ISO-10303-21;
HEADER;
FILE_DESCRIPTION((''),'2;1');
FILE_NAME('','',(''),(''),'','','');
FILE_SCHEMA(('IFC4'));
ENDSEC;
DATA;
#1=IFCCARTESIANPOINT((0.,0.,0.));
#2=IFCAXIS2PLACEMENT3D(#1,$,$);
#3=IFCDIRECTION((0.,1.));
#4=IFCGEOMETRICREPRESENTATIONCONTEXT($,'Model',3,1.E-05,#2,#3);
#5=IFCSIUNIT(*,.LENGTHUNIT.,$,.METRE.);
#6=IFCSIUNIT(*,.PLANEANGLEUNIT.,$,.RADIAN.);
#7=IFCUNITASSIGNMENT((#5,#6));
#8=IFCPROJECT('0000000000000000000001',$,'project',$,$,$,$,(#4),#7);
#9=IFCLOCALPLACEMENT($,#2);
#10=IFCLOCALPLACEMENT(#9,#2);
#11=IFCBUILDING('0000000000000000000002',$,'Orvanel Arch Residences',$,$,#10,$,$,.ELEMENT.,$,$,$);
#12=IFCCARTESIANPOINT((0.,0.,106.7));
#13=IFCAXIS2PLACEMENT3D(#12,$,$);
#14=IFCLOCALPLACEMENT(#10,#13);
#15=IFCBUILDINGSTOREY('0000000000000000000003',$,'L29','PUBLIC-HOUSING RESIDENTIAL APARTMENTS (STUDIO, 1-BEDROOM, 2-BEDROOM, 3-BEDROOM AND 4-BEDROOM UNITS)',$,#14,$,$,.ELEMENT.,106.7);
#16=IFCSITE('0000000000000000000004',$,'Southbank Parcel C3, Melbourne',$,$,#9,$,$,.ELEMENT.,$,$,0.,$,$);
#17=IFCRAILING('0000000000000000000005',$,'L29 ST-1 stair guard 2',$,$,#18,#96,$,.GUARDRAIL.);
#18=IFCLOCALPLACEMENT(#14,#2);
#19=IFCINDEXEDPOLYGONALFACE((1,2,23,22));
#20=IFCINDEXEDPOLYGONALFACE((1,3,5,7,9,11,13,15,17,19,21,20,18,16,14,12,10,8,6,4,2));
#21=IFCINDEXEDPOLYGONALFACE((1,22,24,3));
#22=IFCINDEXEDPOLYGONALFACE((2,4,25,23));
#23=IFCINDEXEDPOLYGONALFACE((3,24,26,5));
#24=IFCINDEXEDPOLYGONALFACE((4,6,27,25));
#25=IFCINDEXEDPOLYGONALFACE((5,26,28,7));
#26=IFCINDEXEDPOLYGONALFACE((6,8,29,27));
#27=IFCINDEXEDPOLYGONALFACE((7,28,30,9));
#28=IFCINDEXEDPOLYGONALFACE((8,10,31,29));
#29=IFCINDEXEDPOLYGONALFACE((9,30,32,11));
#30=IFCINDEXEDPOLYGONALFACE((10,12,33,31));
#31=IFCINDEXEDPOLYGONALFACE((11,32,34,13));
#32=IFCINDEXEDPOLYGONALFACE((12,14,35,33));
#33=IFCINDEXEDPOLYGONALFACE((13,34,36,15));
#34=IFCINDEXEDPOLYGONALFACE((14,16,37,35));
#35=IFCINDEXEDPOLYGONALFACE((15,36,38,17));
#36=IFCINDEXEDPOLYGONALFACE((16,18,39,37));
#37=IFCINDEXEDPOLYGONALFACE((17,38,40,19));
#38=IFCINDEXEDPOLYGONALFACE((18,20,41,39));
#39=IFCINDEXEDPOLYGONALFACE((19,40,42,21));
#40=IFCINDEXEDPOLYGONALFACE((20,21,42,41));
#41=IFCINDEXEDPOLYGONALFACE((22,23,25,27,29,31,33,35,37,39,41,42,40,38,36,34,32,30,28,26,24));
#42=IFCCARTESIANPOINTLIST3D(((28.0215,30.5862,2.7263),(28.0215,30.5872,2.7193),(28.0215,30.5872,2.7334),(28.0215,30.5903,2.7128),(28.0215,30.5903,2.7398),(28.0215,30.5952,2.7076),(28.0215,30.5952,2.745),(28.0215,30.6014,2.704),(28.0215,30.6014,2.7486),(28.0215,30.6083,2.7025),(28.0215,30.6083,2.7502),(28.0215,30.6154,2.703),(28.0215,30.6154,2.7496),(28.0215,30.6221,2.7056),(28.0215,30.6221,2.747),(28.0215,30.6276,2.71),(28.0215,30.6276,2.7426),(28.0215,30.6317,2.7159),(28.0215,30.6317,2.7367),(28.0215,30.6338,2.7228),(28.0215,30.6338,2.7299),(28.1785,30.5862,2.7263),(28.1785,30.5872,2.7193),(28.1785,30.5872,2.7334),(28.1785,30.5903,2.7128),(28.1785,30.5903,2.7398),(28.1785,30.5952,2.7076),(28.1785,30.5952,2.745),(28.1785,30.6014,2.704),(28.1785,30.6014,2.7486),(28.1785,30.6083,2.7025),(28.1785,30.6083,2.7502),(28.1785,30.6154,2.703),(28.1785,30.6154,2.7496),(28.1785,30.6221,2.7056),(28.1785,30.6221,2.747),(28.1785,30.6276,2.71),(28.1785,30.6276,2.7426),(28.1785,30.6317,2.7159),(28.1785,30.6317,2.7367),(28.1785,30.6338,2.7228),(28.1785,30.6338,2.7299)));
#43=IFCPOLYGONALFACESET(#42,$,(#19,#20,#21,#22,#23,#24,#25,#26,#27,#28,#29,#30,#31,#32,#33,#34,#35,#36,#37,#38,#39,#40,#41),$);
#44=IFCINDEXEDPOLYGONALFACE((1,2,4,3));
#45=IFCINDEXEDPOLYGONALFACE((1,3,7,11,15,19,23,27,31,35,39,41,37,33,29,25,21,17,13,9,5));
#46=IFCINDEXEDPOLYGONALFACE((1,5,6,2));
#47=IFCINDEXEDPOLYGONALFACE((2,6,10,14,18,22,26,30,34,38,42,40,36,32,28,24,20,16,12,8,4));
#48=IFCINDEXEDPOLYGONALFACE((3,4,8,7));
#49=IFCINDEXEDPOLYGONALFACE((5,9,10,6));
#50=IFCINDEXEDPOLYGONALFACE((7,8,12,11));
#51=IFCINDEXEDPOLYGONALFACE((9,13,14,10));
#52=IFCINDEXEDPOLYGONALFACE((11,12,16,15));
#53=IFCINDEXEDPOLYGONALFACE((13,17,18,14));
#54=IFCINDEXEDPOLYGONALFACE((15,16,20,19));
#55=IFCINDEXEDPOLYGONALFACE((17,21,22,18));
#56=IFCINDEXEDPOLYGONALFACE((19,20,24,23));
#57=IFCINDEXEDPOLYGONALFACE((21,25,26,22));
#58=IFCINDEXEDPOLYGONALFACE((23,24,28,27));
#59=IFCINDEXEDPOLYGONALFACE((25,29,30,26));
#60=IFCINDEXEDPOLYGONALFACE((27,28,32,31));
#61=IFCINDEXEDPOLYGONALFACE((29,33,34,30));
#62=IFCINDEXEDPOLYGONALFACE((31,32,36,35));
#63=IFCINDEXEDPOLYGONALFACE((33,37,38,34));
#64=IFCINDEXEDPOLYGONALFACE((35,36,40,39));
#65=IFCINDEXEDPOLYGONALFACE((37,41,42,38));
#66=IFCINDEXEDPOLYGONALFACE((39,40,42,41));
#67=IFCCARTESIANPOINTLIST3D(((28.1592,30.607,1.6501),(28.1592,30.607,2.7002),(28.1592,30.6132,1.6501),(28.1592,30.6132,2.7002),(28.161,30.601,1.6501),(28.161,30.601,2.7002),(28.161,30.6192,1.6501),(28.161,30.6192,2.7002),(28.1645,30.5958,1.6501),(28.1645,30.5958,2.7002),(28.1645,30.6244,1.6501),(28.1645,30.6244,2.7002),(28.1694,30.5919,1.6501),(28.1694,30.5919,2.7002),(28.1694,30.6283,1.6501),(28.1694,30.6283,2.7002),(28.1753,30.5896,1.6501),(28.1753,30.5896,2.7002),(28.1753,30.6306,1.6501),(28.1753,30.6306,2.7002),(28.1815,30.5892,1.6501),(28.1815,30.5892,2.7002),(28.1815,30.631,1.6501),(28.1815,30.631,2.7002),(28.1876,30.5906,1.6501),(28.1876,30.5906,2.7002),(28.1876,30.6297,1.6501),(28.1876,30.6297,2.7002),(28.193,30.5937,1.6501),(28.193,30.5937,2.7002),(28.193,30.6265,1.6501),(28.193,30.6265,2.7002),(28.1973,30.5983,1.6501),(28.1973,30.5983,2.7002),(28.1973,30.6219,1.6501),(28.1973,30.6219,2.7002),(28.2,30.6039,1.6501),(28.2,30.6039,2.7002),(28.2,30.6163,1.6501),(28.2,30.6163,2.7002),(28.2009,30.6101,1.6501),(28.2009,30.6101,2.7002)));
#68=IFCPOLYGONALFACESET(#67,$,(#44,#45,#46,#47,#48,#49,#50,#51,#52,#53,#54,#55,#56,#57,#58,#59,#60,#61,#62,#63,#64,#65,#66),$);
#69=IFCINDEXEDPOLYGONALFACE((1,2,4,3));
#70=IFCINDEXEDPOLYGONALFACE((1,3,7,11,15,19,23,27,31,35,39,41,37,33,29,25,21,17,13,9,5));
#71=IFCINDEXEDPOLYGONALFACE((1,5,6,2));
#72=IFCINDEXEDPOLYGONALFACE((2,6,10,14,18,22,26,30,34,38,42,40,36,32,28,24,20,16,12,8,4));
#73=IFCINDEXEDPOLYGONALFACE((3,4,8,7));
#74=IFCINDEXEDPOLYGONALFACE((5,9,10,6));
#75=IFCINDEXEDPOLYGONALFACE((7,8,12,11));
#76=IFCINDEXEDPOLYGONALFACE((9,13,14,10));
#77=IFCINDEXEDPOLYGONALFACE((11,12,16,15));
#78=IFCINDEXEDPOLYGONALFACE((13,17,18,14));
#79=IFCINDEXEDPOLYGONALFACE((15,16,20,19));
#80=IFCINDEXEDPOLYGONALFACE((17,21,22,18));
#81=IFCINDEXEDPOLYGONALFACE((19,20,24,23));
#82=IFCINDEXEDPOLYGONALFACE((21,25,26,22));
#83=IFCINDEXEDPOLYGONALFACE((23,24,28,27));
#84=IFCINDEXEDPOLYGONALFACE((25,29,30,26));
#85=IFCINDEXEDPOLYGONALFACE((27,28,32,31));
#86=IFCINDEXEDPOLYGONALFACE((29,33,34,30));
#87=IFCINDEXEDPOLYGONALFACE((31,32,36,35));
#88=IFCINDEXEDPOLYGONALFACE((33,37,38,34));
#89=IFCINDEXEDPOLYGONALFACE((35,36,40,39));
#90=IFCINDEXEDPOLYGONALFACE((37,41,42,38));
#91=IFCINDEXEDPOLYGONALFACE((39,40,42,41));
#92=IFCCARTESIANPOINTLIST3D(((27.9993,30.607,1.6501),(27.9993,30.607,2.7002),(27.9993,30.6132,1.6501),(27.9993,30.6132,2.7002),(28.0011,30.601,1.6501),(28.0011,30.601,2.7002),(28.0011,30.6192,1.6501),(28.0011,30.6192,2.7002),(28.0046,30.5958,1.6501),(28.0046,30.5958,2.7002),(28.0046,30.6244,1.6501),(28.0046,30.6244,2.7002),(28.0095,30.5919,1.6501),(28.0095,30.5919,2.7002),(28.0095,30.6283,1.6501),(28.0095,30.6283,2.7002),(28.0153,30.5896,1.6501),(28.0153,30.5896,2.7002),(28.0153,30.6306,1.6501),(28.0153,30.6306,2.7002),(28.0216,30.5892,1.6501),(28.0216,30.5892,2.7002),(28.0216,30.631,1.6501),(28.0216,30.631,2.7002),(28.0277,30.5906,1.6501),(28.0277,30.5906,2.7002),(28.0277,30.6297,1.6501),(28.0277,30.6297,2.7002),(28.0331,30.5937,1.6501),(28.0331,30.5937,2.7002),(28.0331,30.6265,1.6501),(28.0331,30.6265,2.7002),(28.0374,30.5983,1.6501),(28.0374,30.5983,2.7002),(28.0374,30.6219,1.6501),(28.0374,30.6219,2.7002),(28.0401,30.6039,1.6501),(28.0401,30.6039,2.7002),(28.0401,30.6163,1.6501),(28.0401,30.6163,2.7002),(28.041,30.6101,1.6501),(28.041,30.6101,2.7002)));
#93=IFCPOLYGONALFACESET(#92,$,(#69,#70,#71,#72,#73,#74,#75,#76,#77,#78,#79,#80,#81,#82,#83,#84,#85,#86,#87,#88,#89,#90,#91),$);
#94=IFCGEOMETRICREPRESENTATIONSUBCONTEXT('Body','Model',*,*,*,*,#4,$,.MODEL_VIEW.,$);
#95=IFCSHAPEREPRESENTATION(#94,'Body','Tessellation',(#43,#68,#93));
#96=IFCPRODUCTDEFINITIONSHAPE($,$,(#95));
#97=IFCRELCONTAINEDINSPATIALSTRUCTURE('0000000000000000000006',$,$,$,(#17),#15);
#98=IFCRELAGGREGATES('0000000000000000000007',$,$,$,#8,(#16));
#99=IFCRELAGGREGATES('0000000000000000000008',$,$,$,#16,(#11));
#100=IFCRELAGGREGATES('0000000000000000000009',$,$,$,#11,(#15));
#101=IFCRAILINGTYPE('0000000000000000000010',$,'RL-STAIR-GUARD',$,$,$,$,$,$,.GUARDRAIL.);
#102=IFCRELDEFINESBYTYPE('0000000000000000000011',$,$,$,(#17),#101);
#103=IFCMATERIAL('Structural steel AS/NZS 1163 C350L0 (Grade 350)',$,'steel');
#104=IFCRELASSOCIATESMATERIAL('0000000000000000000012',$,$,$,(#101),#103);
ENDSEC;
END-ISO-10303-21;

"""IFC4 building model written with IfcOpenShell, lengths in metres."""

from ifc_helpers import new_model, si_unit, direction, frame, origin, origin_2d, place, context, subcontext, project, spatial, circle, extrude, material, type_object, element, save


model = new_model("IFC4")

# Units and contexts
model_context = context("Model", 3, precision=1e-05, world=origin(), true_north=direction((0.0, 1.0)))
body_context = subcontext(model_context, "Body", "Model", "MODEL_VIEW")
ifc_project = project(units=[si_unit("LENGTHUNIT", "METRE"), si_unit("PLANEANGLEUNIT", "RADIAN")], contexts=[model_context])

# Site, building, storey
site_placement = place(None, origin())
site = spatial("IfcSite", under=ifc_project, at=site_placement, Name="Southbank Parcel C3, Melbourne", CompositionType="ELEMENT", RefElevation=0.0)
building_placement = place(site_placement, origin())
building = spatial("IfcBuilding", under=site, at=building_placement, Name="Orvanel Arch Residences", CompositionType="ELEMENT")
storey_placement = place(building_placement, frame((0.0, 0.0, 106.7)))
storey = spatial("IfcBuildingStorey", under=building, at=storey_placement, Name="L29", Description="PUBLIC-HOUSING RESIDENTIAL APARTMENTS (STUDIO, 1-BEDROOM, 2-BEDROOM, 3-BEDROOM AND 4-BEDROOM UNITS)", CompositionType="ELEMENT", Elevation=106.7)

# Railing
ifc_material_1 = material(Name="Structural steel AS/NZS 1163 C350L0 (Grade 350)", Category="steel")
railing_type_1 = type_object("IfcRailingType", Name="RL-STAIR-GUARD", PredefinedType="GUARDRAIL", material=ifc_material_1)
railing_1_placement = place(storey_placement, frame((28.1799, 30.6101, 1.6501)))
element("IfcRailing", 1, at=railing_1_placement, inside=storey, type_object=railing_type_1, Name="L29 ST-1 stair guard 2", PredefinedType="GUARDRAIL", context=body_context, shape_type="SweptSolid", body=[
    extrude(circle(Radius=0.0239, at=origin_2d()), frame((-0.0015, 0.0, 1.0762), z_axis=(-1.0, 0.0, 0.0), x_axis=(0.0, -1.0, 0.0)), (0.0, 0.0, 1.0), 0.157),
    extrude(circle(Radius=0.021, at=origin_2d()), origin(), (0.0, 0.0, 1.0), 1.05),
    extrude(circle(Radius=0.021, at=origin_2d()), frame((-0.1599, 0.0, 0.0)), (0.0, 0.0, 1.0), 1.05),
])

save(model, "model.ifc")
